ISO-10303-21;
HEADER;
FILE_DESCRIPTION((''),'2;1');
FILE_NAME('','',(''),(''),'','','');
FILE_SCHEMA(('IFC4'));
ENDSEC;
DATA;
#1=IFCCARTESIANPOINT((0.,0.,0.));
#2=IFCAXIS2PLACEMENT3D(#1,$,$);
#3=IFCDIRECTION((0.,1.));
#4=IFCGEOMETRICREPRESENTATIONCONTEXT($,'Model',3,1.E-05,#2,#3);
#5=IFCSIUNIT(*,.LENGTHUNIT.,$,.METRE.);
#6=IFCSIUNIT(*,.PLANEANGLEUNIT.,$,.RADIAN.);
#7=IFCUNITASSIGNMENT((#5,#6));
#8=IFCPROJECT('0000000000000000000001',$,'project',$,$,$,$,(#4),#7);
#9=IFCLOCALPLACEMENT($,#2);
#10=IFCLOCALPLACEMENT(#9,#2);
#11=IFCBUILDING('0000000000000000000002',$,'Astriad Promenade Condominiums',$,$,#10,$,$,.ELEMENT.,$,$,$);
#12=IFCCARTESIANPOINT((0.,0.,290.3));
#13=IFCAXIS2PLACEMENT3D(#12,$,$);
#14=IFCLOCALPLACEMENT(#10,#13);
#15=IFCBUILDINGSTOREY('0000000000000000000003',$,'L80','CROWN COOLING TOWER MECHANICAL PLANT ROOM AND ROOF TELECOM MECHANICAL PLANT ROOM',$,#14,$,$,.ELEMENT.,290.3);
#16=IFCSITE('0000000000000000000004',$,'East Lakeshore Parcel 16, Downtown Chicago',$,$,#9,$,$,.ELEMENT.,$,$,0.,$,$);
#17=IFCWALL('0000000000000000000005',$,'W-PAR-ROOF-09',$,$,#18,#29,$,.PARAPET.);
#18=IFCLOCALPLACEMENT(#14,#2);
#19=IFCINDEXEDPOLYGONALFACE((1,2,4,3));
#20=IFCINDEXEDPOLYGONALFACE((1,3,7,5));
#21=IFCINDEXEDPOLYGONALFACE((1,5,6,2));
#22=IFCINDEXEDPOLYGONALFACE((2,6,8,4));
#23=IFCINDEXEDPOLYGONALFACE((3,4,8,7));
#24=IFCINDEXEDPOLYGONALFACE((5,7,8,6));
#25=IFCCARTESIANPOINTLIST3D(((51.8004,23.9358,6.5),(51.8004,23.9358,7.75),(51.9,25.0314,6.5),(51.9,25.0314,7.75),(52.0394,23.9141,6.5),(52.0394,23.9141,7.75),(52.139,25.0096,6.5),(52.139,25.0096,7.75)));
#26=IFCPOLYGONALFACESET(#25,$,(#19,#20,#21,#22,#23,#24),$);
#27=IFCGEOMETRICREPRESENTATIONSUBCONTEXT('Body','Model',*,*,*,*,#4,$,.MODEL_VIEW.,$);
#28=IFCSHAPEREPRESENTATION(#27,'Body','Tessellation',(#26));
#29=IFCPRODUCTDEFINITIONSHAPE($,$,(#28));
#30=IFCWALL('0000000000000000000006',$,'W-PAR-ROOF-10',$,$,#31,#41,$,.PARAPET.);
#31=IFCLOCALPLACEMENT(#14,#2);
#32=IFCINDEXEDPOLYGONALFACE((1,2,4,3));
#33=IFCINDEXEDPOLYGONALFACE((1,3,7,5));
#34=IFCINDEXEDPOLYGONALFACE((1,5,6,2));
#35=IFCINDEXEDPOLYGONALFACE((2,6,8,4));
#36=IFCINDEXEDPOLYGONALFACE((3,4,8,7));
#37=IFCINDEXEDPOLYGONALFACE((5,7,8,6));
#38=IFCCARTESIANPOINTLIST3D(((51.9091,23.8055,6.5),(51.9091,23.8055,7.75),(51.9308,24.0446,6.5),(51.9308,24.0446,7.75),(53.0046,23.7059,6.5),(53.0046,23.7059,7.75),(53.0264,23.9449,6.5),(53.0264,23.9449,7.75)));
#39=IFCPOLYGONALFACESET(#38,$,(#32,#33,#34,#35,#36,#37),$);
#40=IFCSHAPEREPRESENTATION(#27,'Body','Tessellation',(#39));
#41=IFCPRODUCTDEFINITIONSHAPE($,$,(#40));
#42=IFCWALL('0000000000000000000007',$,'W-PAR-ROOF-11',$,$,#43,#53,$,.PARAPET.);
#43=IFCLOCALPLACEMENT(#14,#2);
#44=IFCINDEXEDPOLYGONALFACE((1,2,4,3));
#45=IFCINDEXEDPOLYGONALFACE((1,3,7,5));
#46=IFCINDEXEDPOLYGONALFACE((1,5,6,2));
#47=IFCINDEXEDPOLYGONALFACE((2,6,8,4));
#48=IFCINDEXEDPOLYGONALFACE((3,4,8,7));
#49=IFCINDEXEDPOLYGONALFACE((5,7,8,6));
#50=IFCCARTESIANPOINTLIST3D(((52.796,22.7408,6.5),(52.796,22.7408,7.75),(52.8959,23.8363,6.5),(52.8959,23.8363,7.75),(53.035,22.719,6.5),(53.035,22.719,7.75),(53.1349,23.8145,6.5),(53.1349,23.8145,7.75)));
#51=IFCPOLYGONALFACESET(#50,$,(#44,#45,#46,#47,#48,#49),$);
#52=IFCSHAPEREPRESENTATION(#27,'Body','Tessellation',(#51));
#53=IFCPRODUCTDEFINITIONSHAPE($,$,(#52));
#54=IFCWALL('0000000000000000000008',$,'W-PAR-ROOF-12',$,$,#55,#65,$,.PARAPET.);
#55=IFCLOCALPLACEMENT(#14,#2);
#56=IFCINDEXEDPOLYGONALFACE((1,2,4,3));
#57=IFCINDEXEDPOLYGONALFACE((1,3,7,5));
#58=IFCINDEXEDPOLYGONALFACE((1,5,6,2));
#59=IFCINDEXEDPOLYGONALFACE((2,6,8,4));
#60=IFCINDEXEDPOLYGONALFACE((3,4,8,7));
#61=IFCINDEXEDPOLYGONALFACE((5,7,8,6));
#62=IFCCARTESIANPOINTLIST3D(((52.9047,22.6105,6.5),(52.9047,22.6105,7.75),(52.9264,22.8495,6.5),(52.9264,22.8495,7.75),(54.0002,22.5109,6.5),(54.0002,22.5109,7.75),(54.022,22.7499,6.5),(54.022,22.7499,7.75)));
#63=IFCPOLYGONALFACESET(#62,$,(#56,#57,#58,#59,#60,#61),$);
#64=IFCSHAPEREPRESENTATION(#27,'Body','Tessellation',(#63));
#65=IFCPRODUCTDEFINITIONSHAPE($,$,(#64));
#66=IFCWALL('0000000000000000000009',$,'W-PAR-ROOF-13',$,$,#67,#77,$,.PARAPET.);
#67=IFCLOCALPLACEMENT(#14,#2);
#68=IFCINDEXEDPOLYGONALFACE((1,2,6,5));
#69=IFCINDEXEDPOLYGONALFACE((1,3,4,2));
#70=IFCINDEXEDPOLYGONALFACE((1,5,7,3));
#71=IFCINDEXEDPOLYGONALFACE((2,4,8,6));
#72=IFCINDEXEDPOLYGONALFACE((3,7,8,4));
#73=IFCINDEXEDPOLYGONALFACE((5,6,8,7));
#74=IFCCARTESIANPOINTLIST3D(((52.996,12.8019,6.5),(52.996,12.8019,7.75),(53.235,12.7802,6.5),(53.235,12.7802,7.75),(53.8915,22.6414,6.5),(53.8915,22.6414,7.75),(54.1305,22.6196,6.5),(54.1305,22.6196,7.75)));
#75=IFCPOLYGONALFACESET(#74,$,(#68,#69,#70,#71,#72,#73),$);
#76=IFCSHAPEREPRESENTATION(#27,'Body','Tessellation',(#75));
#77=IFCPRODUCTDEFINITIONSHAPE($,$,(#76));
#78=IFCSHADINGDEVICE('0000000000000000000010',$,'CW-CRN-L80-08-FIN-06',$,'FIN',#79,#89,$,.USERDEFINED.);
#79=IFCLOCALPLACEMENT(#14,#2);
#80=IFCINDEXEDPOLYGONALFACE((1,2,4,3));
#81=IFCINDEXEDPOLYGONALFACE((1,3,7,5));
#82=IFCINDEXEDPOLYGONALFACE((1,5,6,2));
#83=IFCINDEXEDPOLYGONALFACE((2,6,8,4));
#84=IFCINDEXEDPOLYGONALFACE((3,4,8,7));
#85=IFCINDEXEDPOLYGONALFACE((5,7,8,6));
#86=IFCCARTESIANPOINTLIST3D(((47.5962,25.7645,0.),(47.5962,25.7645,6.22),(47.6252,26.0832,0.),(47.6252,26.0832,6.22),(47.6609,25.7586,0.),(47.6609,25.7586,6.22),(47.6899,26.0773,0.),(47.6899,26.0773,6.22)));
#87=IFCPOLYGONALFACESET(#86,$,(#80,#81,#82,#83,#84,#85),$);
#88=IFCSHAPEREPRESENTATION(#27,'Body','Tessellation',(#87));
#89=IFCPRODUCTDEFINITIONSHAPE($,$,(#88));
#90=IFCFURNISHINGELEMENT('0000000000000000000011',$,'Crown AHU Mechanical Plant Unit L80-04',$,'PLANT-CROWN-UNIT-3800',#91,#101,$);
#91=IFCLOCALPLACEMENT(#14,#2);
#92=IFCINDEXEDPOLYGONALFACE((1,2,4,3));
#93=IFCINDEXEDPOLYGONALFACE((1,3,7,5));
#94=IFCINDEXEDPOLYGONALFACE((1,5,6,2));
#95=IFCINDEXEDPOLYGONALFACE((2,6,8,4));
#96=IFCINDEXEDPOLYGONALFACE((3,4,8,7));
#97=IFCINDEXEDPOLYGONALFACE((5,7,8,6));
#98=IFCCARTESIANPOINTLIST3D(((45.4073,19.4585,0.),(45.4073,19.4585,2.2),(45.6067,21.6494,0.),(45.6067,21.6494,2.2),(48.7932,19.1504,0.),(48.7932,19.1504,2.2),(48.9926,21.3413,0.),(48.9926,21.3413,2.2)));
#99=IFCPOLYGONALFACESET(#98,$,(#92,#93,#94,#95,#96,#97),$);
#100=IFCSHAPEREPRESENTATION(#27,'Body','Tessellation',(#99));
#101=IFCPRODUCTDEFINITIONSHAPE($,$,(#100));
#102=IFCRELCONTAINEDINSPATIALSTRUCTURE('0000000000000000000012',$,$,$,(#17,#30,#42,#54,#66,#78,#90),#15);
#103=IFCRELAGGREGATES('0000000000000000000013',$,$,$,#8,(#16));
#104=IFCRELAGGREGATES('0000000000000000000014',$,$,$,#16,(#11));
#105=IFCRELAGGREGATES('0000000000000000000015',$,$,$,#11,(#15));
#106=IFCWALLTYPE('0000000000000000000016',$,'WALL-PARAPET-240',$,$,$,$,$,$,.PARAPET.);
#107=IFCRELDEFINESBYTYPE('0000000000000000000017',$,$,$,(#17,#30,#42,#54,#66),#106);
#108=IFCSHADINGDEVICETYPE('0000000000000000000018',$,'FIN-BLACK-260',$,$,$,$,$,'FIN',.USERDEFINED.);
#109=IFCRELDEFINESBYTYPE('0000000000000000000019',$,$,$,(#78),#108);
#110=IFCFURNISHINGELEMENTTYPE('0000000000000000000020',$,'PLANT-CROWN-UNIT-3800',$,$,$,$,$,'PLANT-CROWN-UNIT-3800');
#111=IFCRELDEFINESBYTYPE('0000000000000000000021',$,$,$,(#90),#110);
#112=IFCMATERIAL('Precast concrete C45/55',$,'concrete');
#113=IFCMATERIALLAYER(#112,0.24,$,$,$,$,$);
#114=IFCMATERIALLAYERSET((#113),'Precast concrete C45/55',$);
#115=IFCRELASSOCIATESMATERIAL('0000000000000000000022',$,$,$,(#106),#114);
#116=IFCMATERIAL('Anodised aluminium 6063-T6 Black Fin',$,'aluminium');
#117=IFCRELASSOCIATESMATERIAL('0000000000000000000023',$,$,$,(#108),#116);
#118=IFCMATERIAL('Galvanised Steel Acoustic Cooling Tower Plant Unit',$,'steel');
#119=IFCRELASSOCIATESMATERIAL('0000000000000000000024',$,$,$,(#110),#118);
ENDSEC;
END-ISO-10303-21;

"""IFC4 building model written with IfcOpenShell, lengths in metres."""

from ifc_helpers import new_model, si_unit, direction, frame, frame_2d, origin, origin_2d, place, context, subcontext, project, spatial, rectangle, extrude, source, transform, mapped, material, layer, layer_set, type_object, type_shapes, element, save


model = new_model("IFC4")

# Units and contexts
model_context = context("Model", 3, precision=1e-05, world=origin(), true_north=direction((0.0, 1.0)))
body_context = subcontext(model_context, "Body", "Model", "MODEL_VIEW")
ifc_project = project(units=[si_unit("LENGTHUNIT", "METRE"), si_unit("PLANEANGLEUNIT", "RADIAN")], contexts=[model_context])

# Site, building, storey
site_placement = place(None, origin())
site = spatial("IfcSite", under=ifc_project, at=site_placement, Name="East Lakeshore Parcel 16, Downtown Chicago", CompositionType="ELEMENT", RefElevation=0.0)
building_placement = place(site_placement, origin())
building = spatial("IfcBuilding", under=site, at=building_placement, Name="Astriad Promenade Condominiums", CompositionType="ELEMENT")
storey_placement = place(building_placement, frame((0.0, 0.0, 290.3)))
storey = spatial("IfcBuildingStorey", under=building, at=storey_placement, Name="L80", Description="CROWN COOLING TOWER MECHANICAL PLANT ROOM AND ROOF TELECOM MECHANICAL PLANT ROOM", CompositionType="ELEMENT", Elevation=290.3)

# Walls
ifc_material_1 = material(Name="Precast concrete C45/55", Category="concrete")
ifc_layer_1 = layer(ifc_material_1, 0.24)
ifc_layer_set_1 = layer_set([ifc_layer_1], Name="Precast concrete C45/55")
wall_type_1 = type_object("IfcWallType", Name="WALL-PARAPET-240", PredefinedType="PARAPET", material=ifc_layer_set_1)
for number, where, z_axis, x_axis, name in (
    (1, (52.0195, 25.0205, 6.5), (0.0, 0.0, 1.0), (-0.090556, -0.995891, 0.0), "W-PAR-ROOF-09"),
    (2, (51.9199, 23.925, 6.5), (0.0, 0.0, 1.0), (0.995891, -0.090556, 0.0), "W-PAR-ROOF-10"),
    (3, (53.0154, 23.8254, 6.5), (0.0, 0.0, 1.0), (-0.090776, -0.995871, 0.0), "W-PAR-ROOF-11"),
    (4, (52.9155, 22.73, 6.5), (0.0, 0.0, 1.0), (0.995891, -0.090556, 0.0), "W-PAR-ROOF-12"),
):
    element("IfcWall", number, at=place(storey_placement, frame(where, z_axis=z_axis, x_axis=x_axis)), inside=storey, type_object=wall_type_1, Name=name, PredefinedType="PARAPET", context=body_context, shape_type="SweptSolid", body=[
        extrude(rectangle(XDim=1.1001, YDim=0.24, at=frame_2d((0.55, 0.0))), origin(), (0.0, 0.0, 1.0), 1.25),
    ])
wall_1_placement = place(storey_placement, frame((54.011, 22.6304, 6.5), z_axis=(0.0, 0.0, 1.0), x_axis=(-0.090638, -0.995884, 0.0)))
element("IfcWall", 5, at=wall_1_placement, inside=storey, type_object=wall_type_1, Name="W-PAR-ROOF-13", PredefinedType="PARAPET", context=body_context, shape_type="SweptSolid", body=[
    extrude(rectangle(XDim=9.8801, YDim=0.24, at=frame_2d((4.9399, 0.0))), origin(), (0.0, 0.0, 1.0), 1.25),
])

# Shading device
ifc_material_2 = material(Name="Anodised aluminium 6063-T6 Black Fin", Category="aluminium")
shading_device_type = type_object("IfcShadingDeviceType", Name="FIN-BLACK-260", ElementType="FIN", PredefinedType="USERDEFINED", material=ifc_material_2)
shared_shape_1 = source(origin(), body_context, "Body", "SweptSolid", [
    extrude(rectangle(XDim=0.0649, YDim=0.3201, at=origin_2d()), origin(), (0.0, 0.0, 1.0), 6.22),
])
type_shapes(shading_device_type, [shared_shape_1])
shading_device_placement = place(storey_placement, frame((47.6431, 25.9209, 0.0), z_axis=(0.0, 0.0, 1.0), x_axis=(0.995884, -0.090633, 0.0)))
element("IfcShadingDevice", 6, at=shading_device_placement, inside=storey, type_object=shading_device_type, Name="CW-CRN-L80-08-FIN-06", ObjectType="FIN", PredefinedType="USERDEFINED", context=body_context, shape_type="MappedRepresentation", body=[
    mapped(shared_shape_1, transform((0.0, 0.0, 0.0), scale=1.0)),
])

# Furnishing element
ifc_material_3 = material(Name="Galvanised Steel Acoustic Cooling Tower Plant Unit", Category="steel")
furnishing_element_type = type_object("IfcFurnishingElementType", Name="PLANT-CROWN-UNIT-3800", ElementType="PLANT-CROWN-UNIT-3800", material=ifc_material_3)
shared_shape_2 = source(origin(), body_context, "Body", "SweptSolid", [
    extrude(rectangle(XDim=3.3999, YDim=2.2, at=origin_2d()), origin(), (0.0, 0.0, 1.0), 2.2),
])
type_shapes(furnishing_element_type, [shared_shape_2])
furnishing_placement = place(storey_placement, frame((47.2, 20.3999, 0.0), z_axis=(0.0, 0.0, 1.0), x_axis=(0.995884, -0.090633, 0.0)))
element("IfcFurnishingElement", 7, at=furnishing_placement, inside=storey, type_object=furnishing_element_type, Name="Crown AHU Mechanical Plant Unit L80-04", ObjectType="PLANT-CROWN-UNIT-3800", context=body_context, shape_type="MappedRepresentation", body=[
    mapped(shared_shape_2, transform((0.0, 0.0, 0.0), scale=1.0)),
])

save(model, "model.ifc")
